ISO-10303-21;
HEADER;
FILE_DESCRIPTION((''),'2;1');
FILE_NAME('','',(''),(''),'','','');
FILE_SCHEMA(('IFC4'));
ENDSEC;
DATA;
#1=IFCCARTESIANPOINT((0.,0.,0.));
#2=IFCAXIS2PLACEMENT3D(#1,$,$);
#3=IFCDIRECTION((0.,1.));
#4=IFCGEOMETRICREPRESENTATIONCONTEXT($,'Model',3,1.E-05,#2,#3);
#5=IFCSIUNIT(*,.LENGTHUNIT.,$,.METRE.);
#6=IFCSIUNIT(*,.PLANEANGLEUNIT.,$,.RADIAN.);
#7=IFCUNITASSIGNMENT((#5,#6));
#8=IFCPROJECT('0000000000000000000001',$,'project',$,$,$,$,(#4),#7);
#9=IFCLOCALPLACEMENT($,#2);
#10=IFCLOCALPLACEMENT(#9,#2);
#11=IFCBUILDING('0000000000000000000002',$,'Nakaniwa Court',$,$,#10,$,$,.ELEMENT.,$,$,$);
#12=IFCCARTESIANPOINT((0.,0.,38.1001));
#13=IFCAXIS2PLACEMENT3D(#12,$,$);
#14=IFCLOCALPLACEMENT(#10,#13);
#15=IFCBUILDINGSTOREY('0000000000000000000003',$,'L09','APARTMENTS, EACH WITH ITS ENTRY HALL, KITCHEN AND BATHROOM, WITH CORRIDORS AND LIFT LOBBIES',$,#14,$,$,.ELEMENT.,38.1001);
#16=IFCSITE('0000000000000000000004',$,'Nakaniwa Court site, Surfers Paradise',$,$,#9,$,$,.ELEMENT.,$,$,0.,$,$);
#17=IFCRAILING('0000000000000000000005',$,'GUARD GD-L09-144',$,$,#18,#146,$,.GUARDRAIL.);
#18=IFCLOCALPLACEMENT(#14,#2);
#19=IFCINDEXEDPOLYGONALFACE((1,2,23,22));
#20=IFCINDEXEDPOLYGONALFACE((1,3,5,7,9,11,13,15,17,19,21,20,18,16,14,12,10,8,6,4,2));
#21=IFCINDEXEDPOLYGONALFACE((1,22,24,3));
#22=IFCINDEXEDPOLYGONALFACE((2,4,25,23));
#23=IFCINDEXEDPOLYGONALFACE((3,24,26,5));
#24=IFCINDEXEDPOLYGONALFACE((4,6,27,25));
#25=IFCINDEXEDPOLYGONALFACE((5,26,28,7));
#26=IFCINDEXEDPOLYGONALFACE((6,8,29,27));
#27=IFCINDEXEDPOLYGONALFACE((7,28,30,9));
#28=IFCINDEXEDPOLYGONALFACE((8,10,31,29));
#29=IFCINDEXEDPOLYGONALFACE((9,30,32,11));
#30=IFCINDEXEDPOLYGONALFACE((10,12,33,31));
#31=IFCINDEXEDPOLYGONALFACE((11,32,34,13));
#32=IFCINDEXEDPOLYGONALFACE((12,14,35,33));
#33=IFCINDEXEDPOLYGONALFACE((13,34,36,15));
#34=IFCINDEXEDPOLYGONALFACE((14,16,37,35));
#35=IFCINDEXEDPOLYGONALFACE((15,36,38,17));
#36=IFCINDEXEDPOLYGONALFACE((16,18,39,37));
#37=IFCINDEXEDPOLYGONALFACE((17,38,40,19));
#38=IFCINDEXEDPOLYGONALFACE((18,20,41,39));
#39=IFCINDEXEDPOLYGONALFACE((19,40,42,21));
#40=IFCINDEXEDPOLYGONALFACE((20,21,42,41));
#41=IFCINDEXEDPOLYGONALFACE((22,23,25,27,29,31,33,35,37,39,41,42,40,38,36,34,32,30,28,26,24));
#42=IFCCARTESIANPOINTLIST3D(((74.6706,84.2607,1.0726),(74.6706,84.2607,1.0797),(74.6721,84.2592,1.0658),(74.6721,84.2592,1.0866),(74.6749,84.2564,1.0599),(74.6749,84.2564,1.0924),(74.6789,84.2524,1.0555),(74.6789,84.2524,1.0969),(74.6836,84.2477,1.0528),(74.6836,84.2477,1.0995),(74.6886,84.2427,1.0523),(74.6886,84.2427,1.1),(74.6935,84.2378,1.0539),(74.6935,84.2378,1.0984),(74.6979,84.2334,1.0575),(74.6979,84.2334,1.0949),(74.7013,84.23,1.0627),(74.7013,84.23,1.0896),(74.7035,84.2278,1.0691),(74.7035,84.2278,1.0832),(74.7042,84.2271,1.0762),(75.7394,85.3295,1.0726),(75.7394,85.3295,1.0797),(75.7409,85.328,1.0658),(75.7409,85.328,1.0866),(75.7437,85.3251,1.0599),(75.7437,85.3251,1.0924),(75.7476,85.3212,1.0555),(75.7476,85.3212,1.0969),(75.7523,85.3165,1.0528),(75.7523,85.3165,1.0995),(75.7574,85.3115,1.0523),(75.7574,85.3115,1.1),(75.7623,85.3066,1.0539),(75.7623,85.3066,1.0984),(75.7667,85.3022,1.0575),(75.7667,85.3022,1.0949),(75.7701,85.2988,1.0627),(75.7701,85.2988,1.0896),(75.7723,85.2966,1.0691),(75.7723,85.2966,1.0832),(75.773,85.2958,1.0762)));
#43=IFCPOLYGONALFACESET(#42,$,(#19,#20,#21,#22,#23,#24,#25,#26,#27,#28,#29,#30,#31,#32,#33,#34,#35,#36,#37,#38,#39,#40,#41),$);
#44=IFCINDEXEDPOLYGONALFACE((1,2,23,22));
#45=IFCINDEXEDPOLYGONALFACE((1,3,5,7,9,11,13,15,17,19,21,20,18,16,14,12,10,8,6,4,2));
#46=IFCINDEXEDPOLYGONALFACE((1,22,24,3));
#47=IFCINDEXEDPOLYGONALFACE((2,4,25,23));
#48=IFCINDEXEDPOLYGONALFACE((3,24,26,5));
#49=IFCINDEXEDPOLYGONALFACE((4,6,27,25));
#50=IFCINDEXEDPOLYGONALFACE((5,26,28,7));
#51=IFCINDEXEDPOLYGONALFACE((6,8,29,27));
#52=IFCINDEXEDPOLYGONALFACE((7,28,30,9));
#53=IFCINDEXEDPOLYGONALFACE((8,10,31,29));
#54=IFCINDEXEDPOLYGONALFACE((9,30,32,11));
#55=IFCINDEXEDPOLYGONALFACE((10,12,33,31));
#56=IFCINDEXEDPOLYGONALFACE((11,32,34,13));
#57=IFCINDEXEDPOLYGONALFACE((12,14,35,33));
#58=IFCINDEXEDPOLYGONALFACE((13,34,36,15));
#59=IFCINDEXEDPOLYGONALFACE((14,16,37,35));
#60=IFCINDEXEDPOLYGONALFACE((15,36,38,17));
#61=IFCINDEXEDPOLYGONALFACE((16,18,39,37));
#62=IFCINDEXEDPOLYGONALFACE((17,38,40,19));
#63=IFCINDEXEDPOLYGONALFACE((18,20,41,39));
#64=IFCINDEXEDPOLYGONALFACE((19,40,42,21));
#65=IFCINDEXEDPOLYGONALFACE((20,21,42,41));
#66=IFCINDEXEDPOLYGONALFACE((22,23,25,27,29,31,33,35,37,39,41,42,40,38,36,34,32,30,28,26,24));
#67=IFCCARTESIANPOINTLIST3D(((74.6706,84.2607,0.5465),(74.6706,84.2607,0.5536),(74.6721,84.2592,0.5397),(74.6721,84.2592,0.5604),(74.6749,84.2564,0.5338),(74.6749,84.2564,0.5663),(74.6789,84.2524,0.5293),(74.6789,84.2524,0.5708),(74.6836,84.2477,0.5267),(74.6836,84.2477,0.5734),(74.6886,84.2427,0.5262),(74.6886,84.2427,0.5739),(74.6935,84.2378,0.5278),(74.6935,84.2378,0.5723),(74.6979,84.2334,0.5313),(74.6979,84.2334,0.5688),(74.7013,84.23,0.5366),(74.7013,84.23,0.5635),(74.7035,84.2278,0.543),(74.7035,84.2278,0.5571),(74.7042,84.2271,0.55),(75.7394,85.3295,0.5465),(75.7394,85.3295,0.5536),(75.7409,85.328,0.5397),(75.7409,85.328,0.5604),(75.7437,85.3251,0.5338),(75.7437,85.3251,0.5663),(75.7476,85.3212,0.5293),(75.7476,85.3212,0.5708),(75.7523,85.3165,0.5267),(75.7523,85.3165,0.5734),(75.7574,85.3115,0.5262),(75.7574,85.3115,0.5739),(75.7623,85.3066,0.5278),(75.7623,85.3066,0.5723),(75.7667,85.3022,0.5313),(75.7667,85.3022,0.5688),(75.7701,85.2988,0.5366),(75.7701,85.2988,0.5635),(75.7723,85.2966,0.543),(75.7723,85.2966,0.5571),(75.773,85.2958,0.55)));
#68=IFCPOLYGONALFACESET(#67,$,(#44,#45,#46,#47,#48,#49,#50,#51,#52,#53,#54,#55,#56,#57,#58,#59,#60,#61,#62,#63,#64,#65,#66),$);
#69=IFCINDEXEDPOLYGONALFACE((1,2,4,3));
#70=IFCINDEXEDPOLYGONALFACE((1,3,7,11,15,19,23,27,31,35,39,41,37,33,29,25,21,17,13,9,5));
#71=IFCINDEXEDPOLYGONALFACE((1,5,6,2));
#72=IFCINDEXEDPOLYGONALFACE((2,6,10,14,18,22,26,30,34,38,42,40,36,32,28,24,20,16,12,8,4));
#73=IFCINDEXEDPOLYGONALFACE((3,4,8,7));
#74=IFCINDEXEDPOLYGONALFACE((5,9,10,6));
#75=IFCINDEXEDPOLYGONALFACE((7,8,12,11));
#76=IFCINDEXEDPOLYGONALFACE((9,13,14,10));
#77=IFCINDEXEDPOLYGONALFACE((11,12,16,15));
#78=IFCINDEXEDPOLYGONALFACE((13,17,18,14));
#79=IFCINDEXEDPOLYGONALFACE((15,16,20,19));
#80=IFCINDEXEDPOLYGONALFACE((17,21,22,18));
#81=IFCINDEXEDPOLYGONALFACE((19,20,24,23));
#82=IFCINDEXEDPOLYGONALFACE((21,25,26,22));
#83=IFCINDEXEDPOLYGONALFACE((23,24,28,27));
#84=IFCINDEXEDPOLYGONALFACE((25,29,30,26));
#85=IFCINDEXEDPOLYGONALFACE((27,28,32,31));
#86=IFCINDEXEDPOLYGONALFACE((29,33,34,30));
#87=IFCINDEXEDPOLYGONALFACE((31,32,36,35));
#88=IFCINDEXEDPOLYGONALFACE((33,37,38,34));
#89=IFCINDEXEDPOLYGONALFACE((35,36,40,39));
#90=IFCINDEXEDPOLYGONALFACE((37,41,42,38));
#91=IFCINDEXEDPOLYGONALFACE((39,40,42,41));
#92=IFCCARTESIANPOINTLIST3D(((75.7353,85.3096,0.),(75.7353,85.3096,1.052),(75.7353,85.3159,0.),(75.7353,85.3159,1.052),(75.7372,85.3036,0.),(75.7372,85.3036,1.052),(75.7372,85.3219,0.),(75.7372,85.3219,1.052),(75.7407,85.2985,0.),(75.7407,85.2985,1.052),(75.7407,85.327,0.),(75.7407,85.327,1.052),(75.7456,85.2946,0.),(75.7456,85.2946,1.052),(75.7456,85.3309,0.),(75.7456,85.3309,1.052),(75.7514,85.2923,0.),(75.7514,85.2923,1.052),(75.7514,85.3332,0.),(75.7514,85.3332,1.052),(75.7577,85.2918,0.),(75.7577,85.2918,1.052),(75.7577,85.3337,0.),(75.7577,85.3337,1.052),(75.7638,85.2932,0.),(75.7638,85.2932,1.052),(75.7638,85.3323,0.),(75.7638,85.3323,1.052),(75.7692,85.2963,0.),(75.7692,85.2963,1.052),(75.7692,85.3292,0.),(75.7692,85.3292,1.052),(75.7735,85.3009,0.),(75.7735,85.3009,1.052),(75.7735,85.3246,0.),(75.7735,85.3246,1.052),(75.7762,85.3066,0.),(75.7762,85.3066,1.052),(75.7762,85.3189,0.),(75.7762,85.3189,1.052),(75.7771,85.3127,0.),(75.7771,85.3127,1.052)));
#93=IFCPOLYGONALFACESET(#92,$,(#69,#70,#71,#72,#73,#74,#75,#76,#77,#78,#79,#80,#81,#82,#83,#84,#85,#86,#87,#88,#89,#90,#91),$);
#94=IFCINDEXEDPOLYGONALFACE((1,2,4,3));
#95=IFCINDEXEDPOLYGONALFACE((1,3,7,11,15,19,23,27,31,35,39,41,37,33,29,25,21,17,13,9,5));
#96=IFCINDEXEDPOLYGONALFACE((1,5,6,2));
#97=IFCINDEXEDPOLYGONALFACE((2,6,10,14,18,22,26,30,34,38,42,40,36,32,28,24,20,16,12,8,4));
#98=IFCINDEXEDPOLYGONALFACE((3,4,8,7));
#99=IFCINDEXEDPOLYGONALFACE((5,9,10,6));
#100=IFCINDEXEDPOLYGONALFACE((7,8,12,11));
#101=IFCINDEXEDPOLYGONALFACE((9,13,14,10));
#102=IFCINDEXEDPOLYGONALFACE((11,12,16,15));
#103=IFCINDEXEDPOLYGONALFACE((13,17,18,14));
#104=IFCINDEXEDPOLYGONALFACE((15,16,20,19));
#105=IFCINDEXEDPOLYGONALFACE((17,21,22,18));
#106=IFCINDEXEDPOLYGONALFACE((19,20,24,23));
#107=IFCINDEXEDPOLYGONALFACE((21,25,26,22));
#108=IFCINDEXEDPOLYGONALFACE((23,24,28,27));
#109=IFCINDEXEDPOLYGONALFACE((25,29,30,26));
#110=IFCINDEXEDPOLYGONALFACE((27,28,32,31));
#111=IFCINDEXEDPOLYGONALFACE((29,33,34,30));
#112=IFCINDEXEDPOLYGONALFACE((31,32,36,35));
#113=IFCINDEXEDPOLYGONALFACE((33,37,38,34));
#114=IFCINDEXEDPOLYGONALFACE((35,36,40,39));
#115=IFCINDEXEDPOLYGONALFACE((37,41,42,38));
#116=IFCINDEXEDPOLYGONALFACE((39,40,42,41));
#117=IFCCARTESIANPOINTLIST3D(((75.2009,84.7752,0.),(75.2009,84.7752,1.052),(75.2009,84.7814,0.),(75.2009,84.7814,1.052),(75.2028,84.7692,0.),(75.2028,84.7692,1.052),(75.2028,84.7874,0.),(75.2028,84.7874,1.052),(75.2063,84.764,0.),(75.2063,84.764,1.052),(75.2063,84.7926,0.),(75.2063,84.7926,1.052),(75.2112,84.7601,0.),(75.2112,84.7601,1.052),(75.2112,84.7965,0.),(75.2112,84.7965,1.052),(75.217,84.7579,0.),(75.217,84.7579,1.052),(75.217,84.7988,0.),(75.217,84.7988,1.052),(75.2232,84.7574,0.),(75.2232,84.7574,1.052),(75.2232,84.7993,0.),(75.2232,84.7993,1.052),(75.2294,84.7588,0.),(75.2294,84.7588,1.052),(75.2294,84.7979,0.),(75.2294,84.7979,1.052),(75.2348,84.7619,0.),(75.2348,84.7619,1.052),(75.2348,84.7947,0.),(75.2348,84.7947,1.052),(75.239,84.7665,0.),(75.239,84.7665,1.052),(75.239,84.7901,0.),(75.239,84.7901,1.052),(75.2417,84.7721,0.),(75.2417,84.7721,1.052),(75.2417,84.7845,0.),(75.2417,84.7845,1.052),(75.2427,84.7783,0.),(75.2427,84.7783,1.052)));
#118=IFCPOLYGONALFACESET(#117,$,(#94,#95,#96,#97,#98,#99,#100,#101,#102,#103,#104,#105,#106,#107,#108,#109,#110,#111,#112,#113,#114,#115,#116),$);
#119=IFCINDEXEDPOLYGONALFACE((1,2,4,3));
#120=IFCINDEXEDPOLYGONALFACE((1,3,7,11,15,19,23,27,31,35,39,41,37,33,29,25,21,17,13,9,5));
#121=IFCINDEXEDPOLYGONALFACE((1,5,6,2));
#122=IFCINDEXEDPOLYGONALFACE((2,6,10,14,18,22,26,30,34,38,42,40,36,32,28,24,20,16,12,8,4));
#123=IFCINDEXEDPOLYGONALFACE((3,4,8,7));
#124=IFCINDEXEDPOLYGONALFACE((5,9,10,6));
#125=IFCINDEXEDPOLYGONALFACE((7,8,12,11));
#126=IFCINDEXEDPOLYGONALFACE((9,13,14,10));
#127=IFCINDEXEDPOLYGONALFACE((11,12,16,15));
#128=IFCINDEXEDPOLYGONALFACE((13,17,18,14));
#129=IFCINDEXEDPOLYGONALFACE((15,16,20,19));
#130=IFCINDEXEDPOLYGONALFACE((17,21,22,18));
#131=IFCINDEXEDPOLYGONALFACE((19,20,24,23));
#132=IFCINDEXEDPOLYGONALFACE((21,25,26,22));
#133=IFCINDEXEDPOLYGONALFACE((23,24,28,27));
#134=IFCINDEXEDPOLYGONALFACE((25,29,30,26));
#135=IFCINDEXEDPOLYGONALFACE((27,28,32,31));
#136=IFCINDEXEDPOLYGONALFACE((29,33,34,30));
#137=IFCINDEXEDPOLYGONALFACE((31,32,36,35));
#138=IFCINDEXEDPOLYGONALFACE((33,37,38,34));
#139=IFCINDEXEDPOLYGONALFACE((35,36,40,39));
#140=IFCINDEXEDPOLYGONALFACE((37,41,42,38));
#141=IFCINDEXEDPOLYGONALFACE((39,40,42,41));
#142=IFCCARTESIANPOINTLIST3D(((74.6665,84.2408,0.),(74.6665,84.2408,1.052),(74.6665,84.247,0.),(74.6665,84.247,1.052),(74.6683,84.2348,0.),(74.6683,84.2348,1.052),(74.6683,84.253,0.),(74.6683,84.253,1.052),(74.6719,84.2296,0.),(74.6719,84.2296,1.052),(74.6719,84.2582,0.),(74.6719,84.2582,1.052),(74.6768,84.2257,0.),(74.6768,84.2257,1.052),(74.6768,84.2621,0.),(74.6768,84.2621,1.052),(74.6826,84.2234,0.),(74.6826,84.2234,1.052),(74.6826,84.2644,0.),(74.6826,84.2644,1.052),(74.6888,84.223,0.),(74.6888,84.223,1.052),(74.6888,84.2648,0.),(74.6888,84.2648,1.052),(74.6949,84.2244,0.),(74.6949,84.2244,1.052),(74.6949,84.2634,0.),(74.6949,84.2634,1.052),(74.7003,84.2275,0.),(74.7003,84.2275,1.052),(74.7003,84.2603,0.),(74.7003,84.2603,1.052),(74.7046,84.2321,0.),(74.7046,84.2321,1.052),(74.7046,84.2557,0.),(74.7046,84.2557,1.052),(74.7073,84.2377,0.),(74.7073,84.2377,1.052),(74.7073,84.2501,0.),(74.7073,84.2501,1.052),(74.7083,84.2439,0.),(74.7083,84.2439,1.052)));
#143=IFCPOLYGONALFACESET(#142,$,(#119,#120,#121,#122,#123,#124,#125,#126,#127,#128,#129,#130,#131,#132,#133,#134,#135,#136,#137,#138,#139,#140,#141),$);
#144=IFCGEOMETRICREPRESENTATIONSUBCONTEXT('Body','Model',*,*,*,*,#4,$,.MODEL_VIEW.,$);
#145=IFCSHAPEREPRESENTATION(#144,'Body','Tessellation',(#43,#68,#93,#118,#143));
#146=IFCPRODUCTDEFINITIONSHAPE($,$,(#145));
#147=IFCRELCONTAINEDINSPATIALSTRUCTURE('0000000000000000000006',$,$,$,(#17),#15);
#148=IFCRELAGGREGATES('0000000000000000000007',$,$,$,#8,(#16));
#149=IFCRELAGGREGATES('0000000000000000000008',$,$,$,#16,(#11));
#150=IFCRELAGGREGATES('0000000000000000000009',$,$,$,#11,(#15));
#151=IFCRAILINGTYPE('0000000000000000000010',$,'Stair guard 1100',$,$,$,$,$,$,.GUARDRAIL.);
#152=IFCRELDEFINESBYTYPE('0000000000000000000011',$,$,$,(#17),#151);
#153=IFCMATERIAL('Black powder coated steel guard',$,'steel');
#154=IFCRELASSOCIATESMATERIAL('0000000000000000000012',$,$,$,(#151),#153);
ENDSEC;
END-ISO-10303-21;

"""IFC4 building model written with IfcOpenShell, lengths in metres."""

from ifc_helpers import new_model, si_unit, direction, frame, origin, origin_2d, place, context, subcontext, project, spatial, circle, extrude, material, type_object, element, save


model = new_model("IFC4")

# Units and contexts
model_context = context("Model", 3, precision=1e-05, world=origin(), true_north=direction((0.0, 1.0)))
body_context = subcontext(model_context, "Body", "Model", "MODEL_VIEW")
ifc_project = project(units=[si_unit("LENGTHUNIT", "METRE"), si_unit("PLANEANGLEUNIT", "RADIAN")], contexts=[model_context])

# Site, building, storey
site_placement = place(None, origin())
site = spatial("IfcSite", under=ifc_project, at=site_placement, Name="Nakaniwa Court site, Surfers Paradise", CompositionType="ELEMENT", RefElevation=0.0)
building_placement = place(site_placement, origin())
building = spatial("IfcBuilding", under=site, at=building_placement, Name="Nakaniwa Court", CompositionType="ELEMENT")
storey_placement = place(building_placement, frame((0.0, 0.0, 38.1001)))
storey = spatial("IfcBuildingStorey", under=building, at=storey_placement, Name="L09", Description="APARTMENTS, EACH WITH ITS ENTRY HALL, KITCHEN AND BATHROOM, WITH CORRIDORS AND LIFT LOBBIES", CompositionType="ELEMENT", Elevation=38.1001)

# Railing
ifc_material_1 = material(Name="Black powder coated steel guard", Category="steel")
railing_type = type_object("IfcRailingType", Name="Stair guard 1100", PredefinedType="GUARDRAIL", material=ifc_material_1)
railing_1_placement = place(storey_placement, frame((75.7561, 85.3127, 0.0)))
element("IfcRailing", 1, at=railing_1_placement, inside=storey, type_object=railing_type, Name="GUARD GD-L09-144", PredefinedType="GUARDRAIL", context=body_context, shape_type="SweptSolid", body=[
    extrude(circle(Radius=0.0239, at=origin_2d()), frame((0.0, 0.0, 1.0762), z_axis=(-0.707107, -0.707107, 0.0), x_axis=(0.707107, -0.707107, 0.0)), (0.0, 0.0, 1.0), 1.5115),
    extrude(circle(Radius=0.0239, at=origin_2d()), frame((0.0, 0.0, 0.55), z_axis=(-0.707107, -0.707107, 0.0), x_axis=(0.707107, -0.707107, 0.0)), (0.0, 0.0, 1.0), 1.5115),
    extrude(circle(Radius=0.021, at=origin_2d()), origin(), (0.0, 0.0, 1.0), 1.052),
    extrude(circle(Radius=0.021, at=origin_2d()), frame((-0.5344, -0.5344, 0.0)), (0.0, 0.0, 1.0), 1.052),
    extrude(circle(Radius=0.021, at=origin_2d()), frame((-1.0688, -1.0688, 0.0)), (0.0, 0.0, 1.0), 1.052),
])

save(model, "model.ifc")
